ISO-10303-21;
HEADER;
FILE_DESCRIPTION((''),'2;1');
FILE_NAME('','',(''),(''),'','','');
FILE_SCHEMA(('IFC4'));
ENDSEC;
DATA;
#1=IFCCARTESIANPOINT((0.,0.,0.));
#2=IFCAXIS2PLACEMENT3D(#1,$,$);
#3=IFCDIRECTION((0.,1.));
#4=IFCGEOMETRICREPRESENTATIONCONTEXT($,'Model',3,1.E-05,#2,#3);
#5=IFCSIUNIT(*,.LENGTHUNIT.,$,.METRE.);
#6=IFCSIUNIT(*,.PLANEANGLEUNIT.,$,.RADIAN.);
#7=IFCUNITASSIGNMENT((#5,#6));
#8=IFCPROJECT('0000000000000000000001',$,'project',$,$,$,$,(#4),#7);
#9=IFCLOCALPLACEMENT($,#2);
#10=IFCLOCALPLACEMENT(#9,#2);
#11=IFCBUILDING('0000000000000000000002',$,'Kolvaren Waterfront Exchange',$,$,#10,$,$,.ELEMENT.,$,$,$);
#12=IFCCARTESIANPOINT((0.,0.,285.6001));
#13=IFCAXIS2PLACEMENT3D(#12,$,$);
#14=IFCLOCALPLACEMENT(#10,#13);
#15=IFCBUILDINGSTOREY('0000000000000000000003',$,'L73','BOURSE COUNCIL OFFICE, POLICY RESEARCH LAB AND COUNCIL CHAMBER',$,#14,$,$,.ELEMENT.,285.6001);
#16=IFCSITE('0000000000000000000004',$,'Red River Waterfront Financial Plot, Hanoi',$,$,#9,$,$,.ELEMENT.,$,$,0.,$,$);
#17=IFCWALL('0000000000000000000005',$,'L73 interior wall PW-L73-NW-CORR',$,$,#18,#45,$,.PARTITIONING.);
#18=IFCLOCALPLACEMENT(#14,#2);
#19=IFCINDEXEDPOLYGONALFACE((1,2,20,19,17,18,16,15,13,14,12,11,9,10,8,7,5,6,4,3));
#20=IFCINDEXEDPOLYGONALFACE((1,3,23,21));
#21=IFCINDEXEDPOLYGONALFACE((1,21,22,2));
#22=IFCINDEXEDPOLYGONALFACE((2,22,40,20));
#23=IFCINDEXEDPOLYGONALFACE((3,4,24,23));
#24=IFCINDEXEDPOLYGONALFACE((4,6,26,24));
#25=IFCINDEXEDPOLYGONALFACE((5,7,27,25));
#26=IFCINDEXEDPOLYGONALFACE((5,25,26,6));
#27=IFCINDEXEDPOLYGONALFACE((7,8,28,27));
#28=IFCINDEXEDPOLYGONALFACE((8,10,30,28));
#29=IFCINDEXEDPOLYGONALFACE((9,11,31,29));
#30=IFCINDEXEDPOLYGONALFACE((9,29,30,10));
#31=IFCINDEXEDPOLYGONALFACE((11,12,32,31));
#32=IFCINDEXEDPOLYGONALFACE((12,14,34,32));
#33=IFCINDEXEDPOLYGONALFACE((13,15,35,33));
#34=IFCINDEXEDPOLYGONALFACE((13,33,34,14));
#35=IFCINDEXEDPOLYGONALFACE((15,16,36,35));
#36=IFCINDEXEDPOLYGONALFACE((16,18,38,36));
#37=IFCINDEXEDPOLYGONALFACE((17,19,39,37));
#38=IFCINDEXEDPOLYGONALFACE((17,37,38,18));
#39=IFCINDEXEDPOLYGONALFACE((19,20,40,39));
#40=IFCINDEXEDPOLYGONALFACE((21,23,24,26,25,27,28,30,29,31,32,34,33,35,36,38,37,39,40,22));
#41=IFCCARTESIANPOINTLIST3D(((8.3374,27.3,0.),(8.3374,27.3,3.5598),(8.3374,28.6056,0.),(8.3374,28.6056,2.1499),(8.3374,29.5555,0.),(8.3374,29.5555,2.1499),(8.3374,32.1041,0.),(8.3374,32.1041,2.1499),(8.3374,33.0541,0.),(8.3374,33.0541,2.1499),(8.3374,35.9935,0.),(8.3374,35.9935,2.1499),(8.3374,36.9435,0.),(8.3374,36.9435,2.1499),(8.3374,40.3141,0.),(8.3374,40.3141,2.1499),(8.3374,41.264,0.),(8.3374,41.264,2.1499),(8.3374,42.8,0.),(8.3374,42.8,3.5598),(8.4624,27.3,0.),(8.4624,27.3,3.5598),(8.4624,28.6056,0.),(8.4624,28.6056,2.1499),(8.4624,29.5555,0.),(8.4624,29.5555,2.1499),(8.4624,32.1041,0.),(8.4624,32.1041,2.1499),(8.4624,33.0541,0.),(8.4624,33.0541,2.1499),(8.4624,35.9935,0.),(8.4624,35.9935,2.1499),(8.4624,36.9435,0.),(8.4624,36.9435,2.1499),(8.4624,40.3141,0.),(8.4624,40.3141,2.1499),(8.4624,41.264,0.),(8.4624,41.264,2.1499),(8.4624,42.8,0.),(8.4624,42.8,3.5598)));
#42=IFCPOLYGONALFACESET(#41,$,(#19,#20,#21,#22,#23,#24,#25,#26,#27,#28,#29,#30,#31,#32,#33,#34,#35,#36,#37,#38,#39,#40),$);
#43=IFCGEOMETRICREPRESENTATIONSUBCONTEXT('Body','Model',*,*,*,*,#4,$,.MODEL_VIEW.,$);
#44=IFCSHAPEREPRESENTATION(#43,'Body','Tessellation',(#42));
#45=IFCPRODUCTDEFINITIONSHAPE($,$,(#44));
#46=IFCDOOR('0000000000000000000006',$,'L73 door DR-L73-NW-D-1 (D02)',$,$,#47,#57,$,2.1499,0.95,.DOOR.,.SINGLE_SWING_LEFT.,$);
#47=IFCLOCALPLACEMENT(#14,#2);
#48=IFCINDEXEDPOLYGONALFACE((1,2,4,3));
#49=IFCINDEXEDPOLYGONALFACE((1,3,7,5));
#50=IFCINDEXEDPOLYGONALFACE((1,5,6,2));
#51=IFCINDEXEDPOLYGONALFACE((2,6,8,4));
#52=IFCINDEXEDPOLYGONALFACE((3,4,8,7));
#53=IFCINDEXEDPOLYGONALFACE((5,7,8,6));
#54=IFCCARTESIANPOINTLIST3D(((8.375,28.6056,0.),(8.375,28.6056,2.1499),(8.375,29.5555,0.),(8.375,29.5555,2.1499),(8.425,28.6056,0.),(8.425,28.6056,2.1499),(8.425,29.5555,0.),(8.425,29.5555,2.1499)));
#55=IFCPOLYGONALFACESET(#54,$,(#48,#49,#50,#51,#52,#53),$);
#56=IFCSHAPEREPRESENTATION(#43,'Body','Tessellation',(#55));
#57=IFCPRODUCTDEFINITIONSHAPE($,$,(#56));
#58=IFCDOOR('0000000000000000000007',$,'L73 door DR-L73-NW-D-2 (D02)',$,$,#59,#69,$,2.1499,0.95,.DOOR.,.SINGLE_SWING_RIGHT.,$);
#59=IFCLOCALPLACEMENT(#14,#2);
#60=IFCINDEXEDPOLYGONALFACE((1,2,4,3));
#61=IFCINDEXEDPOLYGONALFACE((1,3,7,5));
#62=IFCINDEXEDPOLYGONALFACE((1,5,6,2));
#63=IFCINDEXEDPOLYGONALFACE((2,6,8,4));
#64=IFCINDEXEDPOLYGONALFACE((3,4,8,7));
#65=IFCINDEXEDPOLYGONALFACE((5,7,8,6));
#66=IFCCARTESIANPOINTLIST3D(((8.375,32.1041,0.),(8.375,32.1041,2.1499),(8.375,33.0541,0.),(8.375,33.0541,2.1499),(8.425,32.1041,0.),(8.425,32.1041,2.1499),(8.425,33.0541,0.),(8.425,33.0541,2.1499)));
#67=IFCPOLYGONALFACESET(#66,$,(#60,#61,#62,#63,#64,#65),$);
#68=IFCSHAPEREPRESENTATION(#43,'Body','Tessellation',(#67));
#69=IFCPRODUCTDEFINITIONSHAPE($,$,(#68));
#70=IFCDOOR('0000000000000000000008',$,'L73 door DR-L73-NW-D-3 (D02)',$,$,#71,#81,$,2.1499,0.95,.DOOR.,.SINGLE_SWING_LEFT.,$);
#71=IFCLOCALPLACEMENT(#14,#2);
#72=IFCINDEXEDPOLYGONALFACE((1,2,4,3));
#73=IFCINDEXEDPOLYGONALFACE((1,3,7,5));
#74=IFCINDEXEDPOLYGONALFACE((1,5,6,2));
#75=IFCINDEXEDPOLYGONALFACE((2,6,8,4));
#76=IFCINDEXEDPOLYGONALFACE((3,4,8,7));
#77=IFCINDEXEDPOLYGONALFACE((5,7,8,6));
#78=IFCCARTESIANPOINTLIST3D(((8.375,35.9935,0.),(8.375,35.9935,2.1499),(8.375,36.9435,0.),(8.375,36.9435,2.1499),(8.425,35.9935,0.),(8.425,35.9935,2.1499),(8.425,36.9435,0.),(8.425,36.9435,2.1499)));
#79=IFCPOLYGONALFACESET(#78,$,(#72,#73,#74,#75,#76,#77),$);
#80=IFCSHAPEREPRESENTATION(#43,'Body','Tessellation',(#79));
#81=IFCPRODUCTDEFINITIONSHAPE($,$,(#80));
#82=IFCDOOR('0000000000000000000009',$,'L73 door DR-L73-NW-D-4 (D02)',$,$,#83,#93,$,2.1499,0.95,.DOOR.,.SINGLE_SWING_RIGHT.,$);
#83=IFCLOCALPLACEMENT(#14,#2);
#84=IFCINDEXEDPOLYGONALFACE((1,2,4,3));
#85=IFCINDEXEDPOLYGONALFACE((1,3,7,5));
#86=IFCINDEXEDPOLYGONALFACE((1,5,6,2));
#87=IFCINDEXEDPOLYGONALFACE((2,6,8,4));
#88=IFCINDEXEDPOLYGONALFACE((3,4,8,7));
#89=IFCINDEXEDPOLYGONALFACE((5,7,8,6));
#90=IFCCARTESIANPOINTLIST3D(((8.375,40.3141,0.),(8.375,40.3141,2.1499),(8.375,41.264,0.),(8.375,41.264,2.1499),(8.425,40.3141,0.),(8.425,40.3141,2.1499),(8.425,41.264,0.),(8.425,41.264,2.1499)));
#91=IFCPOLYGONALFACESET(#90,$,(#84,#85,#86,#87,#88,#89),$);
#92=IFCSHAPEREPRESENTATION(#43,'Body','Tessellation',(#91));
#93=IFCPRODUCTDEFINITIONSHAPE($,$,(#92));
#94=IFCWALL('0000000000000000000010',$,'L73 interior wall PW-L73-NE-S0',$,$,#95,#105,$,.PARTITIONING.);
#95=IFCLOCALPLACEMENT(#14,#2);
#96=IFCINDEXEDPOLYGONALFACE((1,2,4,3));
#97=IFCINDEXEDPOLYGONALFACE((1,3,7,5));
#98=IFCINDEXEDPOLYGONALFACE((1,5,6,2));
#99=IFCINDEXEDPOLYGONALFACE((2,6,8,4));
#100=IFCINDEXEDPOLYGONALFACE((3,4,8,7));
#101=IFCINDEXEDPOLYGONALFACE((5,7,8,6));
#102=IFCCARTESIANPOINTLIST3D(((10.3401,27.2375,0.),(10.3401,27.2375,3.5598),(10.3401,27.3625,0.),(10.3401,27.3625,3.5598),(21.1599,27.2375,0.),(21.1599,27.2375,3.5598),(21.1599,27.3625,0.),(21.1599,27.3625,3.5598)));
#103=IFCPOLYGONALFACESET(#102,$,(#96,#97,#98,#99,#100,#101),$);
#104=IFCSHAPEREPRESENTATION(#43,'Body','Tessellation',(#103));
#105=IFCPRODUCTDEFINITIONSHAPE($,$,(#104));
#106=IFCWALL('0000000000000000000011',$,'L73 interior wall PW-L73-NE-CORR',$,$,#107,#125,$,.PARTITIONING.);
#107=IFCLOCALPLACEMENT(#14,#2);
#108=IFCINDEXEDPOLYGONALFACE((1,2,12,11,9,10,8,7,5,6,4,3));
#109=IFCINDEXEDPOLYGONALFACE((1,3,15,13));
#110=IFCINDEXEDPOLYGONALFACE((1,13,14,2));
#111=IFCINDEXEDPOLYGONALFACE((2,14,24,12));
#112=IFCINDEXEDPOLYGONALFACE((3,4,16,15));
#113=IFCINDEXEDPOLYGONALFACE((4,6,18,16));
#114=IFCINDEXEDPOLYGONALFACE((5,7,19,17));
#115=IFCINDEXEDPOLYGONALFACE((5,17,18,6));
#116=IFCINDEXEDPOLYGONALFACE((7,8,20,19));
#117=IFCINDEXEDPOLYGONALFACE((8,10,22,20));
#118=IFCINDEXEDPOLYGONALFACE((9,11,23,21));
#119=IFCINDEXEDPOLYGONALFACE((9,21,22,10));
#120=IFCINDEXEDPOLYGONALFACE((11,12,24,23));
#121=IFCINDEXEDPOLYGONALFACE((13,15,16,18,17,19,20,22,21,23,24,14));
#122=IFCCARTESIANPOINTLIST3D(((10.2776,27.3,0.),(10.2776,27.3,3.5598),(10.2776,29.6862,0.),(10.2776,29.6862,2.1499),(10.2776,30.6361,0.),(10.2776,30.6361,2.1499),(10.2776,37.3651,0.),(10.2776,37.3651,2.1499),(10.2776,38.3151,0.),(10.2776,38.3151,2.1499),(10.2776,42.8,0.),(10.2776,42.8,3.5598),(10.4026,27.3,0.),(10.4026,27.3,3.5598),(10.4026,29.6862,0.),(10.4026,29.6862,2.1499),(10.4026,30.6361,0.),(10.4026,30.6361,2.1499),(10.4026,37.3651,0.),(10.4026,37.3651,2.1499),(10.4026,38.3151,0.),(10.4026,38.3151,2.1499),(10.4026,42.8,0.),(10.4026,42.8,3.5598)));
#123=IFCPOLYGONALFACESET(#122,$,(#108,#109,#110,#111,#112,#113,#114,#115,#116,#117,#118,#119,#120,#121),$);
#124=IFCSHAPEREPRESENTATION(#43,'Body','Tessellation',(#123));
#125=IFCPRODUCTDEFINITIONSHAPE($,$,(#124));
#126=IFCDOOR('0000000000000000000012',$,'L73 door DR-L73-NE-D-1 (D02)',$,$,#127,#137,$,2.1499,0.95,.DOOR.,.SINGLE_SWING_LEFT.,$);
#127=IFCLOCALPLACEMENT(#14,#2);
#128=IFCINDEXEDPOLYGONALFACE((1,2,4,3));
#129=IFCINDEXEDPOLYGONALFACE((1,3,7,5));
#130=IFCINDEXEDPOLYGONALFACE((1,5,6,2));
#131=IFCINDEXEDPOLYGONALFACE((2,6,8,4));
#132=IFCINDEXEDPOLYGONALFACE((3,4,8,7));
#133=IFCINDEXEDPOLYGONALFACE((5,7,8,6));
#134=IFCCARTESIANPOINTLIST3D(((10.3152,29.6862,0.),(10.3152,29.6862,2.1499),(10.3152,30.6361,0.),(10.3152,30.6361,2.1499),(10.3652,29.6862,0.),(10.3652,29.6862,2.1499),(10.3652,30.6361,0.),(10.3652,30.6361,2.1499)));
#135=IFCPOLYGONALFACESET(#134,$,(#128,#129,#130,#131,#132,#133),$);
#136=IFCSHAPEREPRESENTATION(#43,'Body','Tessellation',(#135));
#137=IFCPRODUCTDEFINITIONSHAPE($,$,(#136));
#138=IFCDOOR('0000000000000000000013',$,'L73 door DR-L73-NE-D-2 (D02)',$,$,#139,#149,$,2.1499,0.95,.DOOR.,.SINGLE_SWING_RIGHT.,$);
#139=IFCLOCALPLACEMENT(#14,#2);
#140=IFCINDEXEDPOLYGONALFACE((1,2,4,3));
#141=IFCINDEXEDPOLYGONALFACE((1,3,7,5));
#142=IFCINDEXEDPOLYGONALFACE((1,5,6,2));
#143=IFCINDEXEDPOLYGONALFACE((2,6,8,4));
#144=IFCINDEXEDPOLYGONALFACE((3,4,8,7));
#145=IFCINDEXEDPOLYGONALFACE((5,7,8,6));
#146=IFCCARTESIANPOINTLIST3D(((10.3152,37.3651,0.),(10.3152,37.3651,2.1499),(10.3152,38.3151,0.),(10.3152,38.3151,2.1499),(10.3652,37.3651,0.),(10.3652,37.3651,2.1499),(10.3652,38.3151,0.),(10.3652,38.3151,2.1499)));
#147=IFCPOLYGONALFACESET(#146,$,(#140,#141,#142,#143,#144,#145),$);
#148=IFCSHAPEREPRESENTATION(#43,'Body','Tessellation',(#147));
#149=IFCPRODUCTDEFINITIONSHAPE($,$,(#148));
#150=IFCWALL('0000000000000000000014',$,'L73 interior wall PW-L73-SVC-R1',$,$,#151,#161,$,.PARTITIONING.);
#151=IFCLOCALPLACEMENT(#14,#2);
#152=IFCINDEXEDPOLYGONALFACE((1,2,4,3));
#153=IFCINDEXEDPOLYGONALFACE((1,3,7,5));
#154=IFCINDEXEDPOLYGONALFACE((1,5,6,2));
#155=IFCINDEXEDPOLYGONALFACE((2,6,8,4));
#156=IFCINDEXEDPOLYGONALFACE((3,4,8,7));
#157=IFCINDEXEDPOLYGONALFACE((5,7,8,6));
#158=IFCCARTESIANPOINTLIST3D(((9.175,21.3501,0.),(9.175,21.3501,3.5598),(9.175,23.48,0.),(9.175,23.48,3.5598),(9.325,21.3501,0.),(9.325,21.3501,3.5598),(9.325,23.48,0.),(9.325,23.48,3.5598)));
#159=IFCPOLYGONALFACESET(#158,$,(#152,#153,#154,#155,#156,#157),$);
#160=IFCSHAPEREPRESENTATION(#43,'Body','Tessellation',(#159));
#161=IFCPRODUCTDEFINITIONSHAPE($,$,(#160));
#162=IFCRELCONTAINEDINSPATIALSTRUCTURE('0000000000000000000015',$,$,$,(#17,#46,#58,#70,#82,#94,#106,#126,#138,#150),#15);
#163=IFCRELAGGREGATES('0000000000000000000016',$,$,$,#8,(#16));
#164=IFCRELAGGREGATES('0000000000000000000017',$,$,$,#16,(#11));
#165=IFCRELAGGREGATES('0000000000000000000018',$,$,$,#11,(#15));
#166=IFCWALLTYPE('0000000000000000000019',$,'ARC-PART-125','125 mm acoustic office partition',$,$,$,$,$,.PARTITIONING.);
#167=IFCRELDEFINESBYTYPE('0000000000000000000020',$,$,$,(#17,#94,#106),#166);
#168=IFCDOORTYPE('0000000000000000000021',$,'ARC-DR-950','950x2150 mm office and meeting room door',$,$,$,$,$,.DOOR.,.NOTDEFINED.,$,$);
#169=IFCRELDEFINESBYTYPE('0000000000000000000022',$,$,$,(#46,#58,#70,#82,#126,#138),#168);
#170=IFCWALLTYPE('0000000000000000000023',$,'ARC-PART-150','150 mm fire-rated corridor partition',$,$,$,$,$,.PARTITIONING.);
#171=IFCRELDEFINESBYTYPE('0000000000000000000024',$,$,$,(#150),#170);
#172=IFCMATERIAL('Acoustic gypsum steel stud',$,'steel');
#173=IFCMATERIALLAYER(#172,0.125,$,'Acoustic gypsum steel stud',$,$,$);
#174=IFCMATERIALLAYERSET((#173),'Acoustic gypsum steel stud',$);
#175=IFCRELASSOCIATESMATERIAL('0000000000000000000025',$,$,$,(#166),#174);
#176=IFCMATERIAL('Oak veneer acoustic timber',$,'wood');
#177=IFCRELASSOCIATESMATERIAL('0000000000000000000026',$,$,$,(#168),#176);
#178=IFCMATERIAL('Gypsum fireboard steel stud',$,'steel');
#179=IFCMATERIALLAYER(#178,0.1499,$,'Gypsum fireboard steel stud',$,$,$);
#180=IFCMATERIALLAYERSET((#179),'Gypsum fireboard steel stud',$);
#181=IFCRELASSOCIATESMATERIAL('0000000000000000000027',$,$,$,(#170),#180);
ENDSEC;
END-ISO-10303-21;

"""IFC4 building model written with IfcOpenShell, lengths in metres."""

from ifc_helpers import new_model, si_unit, direction, frame, frame_2d, origin, place, context, subcontext, project, spatial, rectangle, extrude, material, layer, layer_set, type_object, element, fill, save


model = new_model("IFC4")

# Units and contexts
model_context = context("Model", 3, precision=1e-05, world=origin(), true_north=direction((0.0, 1.0)))
body_context = subcontext(model_context, "Body", "Model", "MODEL_VIEW")
ifc_project = project(units=[si_unit("LENGTHUNIT", "METRE"), si_unit("PLANEANGLEUNIT", "RADIAN")], contexts=[model_context])

# Site, building, storey
site_placement = place(None, origin())
site = spatial("IfcSite", under=ifc_project, at=site_placement, Name="Red River Waterfront Financial Plot, Hanoi", CompositionType="ELEMENT", RefElevation=0.0)
building_placement = place(site_placement, origin())
building = spatial("IfcBuilding", under=site, at=building_placement, Name="Kolvaren Waterfront Exchange", CompositionType="ELEMENT")
storey_placement = place(building_placement, frame((0.0, 0.0, 285.6001)))
storey = spatial("IfcBuildingStorey", under=building, at=storey_placement, Name="L73", Description="BOURSE COUNCIL OFFICE, POLICY RESEARCH LAB AND COUNCIL CHAMBER", CompositionType="ELEMENT", Elevation=285.6001)

# Shared definitions
ifc_material_1 = material(Name="Acoustic gypsum steel stud", Category="steel")
ifc_layer_1 = layer(ifc_material_1, 0.125, Name="Acoustic gypsum steel stud")
ifc_layer_set_1 = layer_set([ifc_layer_1], Name="Acoustic gypsum steel stud")
wall_type_1 = type_object("IfcWallType", Name="ARC-PART-125", Description="125 mm acoustic office partition", PredefinedType="PARTITIONING", material=ifc_layer_set_1)

# Wall, openings, doors
wall_1_placement = place(storey_placement, frame((8.3999, 27.3, 0.0), z_axis=(0.0, 0.0, 1.0), x_axis=(0.0, 1.0, 0.0)))
wall_1 = element("IfcWall", 1, at=wall_1_placement, inside=storey, type_object=wall_type_1, Name="L73 interior wall PW-L73-NW-CORR", PredefinedType="PARTITIONING", context=body_context, shape_type="SweptSolid", body=[
    extrude(rectangle(XDim=15.5, YDim=0.125, at=frame_2d((7.75, 0.0))), origin(), (0.0, 0.0, 1.0), 3.5598),
])
opening_1_placement = place(wall_1_placement, frame((1.3054, 0.0, 0.0)))
opening_1 = element("IfcOpeningElement", 2, at=opening_1_placement, cuts=wall_1, PredefinedType="OPENING", context=body_context, shape_type="SweptSolid", body=[
    extrude(rectangle(XDim=0.95, YDim=2.1499, at=frame_2d((0.4751, 1.075))), frame((0.0, 0.0725, 0.0), z_axis=(0.0, -1.0, 0.0), x_axis=(1.0, 0.0, 0.0)), (0.0, 0.0, 1.0), 0.145),
])
opening_2_placement = place(wall_1_placement, frame((4.804, 0.0, 0.0)))
opening_2 = element("IfcOpeningElement", 3, at=opening_2_placement, cuts=wall_1, PredefinedType="OPENING", context=body_context, shape_type="SweptSolid", body=[
    extrude(rectangle(XDim=0.95, YDim=2.1499, at=frame_2d((0.4751, 1.075))), frame((0.0, 0.0725, 0.0), z_axis=(0.0, -1.0, 0.0), x_axis=(1.0, 0.0, 0.0)), (0.0, 0.0, 1.0), 0.145),
])
opening_3_placement = place(wall_1_placement, frame((8.6934, 0.0, 0.0)))
opening_3 = element("IfcOpeningElement", 4, at=opening_3_placement, cuts=wall_1, PredefinedType="OPENING", context=body_context, shape_type="SweptSolid", body=[
    extrude(rectangle(XDim=0.95, YDim=2.1499, at=frame_2d((0.4751, 1.075))), frame((0.0, 0.0725, 0.0), z_axis=(0.0, -1.0, 0.0), x_axis=(1.0, 0.0, 0.0)), (0.0, 0.0, 1.0), 0.145),
])
opening_4_placement = place(wall_1_placement, frame((13.0139, 0.0, 0.0)))
opening_4 = element("IfcOpeningElement", 5, at=opening_4_placement, cuts=wall_1, PredefinedType="OPENING", context=body_context, shape_type="SweptSolid", body=[
    extrude(rectangle(XDim=0.95, YDim=2.1499, at=frame_2d((0.4751, 1.075))), frame((0.0, 0.0725, 0.0), z_axis=(0.0, -1.0, 0.0), x_axis=(1.0, 0.0, 0.0)), (0.0, 0.0, 1.0), 0.145),
])
ifc_material_2 = material(Name="Oak veneer acoustic timber", Category="wood")
door_type_1 = type_object("IfcDoorType", Name="ARC-DR-950", Description="950x2150 mm office and meeting room door", OperationType="NOTDEFINED", PredefinedType="DOOR", material=ifc_material_2)
door_1_placement = place(opening_1_placement, origin())
door_1 = element("IfcDoor", 6, at=door_1_placement, inside=storey, type_object=door_type_1, Name="L73 door DR-L73-NW-D-1 (D02)", OperationType="SINGLE_SWING_LEFT", OverallHeight=2.1499, OverallWidth=0.95, PredefinedType="DOOR", context=body_context, shape_type="SweptSolid", body=[
    extrude(rectangle(XDim=0.95, YDim=2.1499, at=frame_2d((0.4751, 1.075))), frame((0.0, 0.0249, 0.0), z_axis=(0.0, -1.0, 0.0), x_axis=(1.0, 0.0, 0.0)), (0.0, 0.0, 1.0), 0.05),
])
fill(opening_1, door_1)
door_2_placement = place(opening_2_placement, origin())
door_2 = element("IfcDoor", 7, at=door_2_placement, inside=storey, type_object=door_type_1, Name="L73 door DR-L73-NW-D-2 (D02)", OperationType="SINGLE_SWING_RIGHT", OverallHeight=2.1499, OverallWidth=0.95, PredefinedType="DOOR", context=body_context, shape_type="SweptSolid", body=[
    extrude(rectangle(XDim=0.95, YDim=2.1499, at=frame_2d((0.4751, 1.075))), frame((0.0, 0.0249, 0.0), z_axis=(0.0, -1.0, 0.0), x_axis=(1.0, 0.0, 0.0)), (0.0, 0.0, 1.0), 0.05),
])
fill(opening_2, door_2)
door_3_placement = place(opening_3_placement, origin())
door_3 = element("IfcDoor", 8, at=door_3_placement, inside=storey, type_object=door_type_1, Name="L73 door DR-L73-NW-D-3 (D02)", OperationType="SINGLE_SWING_LEFT", OverallHeight=2.1499, OverallWidth=0.95, PredefinedType="DOOR", context=body_context, shape_type="SweptSolid", body=[
    extrude(rectangle(XDim=0.95, YDim=2.1499, at=frame_2d((0.4751, 1.075))), frame((0.0, 0.0249, 0.0), z_axis=(0.0, -1.0, 0.0), x_axis=(1.0, 0.0, 0.0)), (0.0, 0.0, 1.0), 0.05),
])
fill(opening_3, door_3)
door_4_placement = place(opening_4_placement, origin())
door_4 = element("IfcDoor", 9, at=door_4_placement, inside=storey, type_object=door_type_1, Name="L73 door DR-L73-NW-D-4 (D02)", OperationType="SINGLE_SWING_RIGHT", OverallHeight=2.1499, OverallWidth=0.95, PredefinedType="DOOR", context=body_context, shape_type="SweptSolid", body=[
    extrude(rectangle(XDim=0.95, YDim=2.1499, at=frame_2d((0.4751, 1.075))), frame((0.0, 0.0249, 0.0), z_axis=(0.0, -1.0, 0.0), x_axis=(1.0, 0.0, 0.0)), (0.0, 0.0, 1.0), 0.05),
])
fill(opening_4, door_4)

# Wall
wall_2_placement = place(storey_placement, frame((10.3401, 27.3, 0.0), z_axis=(0.0, 0.0, 1.0), x_axis=(1.0, 0.0, 0.0)))
element("IfcWall", 10, at=wall_2_placement, inside=storey, type_object=wall_type_1, Name="L73 interior wall PW-L73-NE-S0", PredefinedType="PARTITIONING", context=body_context, shape_type="SweptSolid", body=[
    extrude(rectangle(XDim=10.8198, YDim=0.125, at=frame_2d((5.4099, 0.0))), origin(), (0.0, 0.0, 1.0), 3.5598),
])

# Wall, openings, doors
wall_3_placement = place(storey_placement, frame((10.3401, 27.3, 0.0), z_axis=(0.0, 0.0, 1.0), x_axis=(0.0, 1.0, 0.0)))
wall_3 = element("IfcWall", 11, at=wall_3_placement, inside=storey, type_object=wall_type_1, Name="L73 interior wall PW-L73-NE-CORR", PredefinedType="PARTITIONING", context=body_context, shape_type="SweptSolid", body=[
    extrude(rectangle(XDim=15.5, YDim=0.125, at=frame_2d((7.75, 0.0))), origin(), (0.0, 0.0, 1.0), 3.5598),
])
opening_5_placement = place(wall_3_placement, frame((2.386, 0.0, 0.0)))
opening_5 = element("IfcOpeningElement", 12, at=opening_5_placement, cuts=wall_3, PredefinedType="OPENING", context=body_context, shape_type="SweptSolid", body=[
    extrude(rectangle(XDim=0.95, YDim=2.1499, at=frame_2d((0.4751, 1.075))), frame((0.0, 0.0725, 0.0), z_axis=(0.0, -1.0, 0.0), x_axis=(1.0, 0.0, 0.0)), (0.0, 0.0, 1.0), 0.145),
])
opening_6_placement = place(wall_3_placement, frame((10.0649, 0.0, 0.0)))
opening_6 = element("IfcOpeningElement", 13, at=opening_6_placement, cuts=wall_3, PredefinedType="OPENING", context=body_context, shape_type="SweptSolid", body=[
    extrude(rectangle(XDim=0.95, YDim=2.1499, at=frame_2d((0.4751, 1.075))), frame((0.0, 0.0725, 0.0), z_axis=(0.0, -1.0, 0.0), x_axis=(1.0, 0.0, 0.0)), (0.0, 0.0, 1.0), 0.145),
])
door_5_placement = place(opening_5_placement, origin())
door_5 = element("IfcDoor", 14, at=door_5_placement, inside=storey, type_object=door_type_1, Name="L73 door DR-L73-NE-D-1 (D02)", OperationType="SINGLE_SWING_LEFT", OverallHeight=2.1499, OverallWidth=0.95, PredefinedType="DOOR", context=body_context, shape_type="SweptSolid", body=[
    extrude(rectangle(XDim=0.95, YDim=2.1499, at=frame_2d((0.4751, 1.075))), frame((0.0, 0.0249, 0.0), z_axis=(0.0, -1.0, 0.0), x_axis=(1.0, 0.0, 0.0)), (0.0, 0.0, 1.0), 0.05),
])
fill(opening_5, door_5)
door_6_placement = place(opening_6_placement, origin())
door_6 = element("IfcDoor", 15, at=door_6_placement, inside=storey, type_object=door_type_1, Name="L73 door DR-L73-NE-D-2 (D02)", OperationType="SINGLE_SWING_RIGHT", OverallHeight=2.1499, OverallWidth=0.95, PredefinedType="DOOR", context=body_context, shape_type="SweptSolid", body=[
    extrude(rectangle(XDim=0.95, YDim=2.1499, at=frame_2d((0.4751, 1.075))), frame((0.0, 0.0249, 0.0), z_axis=(0.0, -1.0, 0.0), x_axis=(1.0, 0.0, 0.0)), (0.0, 0.0, 1.0), 0.05),
])
fill(opening_6, door_6)

# Wall
ifc_material_3 = material(Name="Gypsum fireboard steel stud", Category="steel")
ifc_layer_2 = layer(ifc_material_3, 0.1499, Name="Gypsum fireboard steel stud")
ifc_layer_set_2 = layer_set([ifc_layer_2], Name="Gypsum fireboard steel stud")
wall_type_2 = type_object("IfcWallType", Name="ARC-PART-150", Description="150 mm fire-rated corridor partition", PredefinedType="PARTITIONING", material=ifc_layer_set_2)
for number, where, z_axis, x_axis, name in (
    (16, (9.25, 21.3501, 0.0), (0.0, 0.0, 1.0), (0.0, 1.0, 0.0), "L73 interior wall PW-L73-SVC-R1"),
):
    element("IfcWall", number, at=place(storey_placement, frame(where, z_axis=z_axis, x_axis=x_axis)), inside=storey, type_object=wall_type_2, Name=name, PredefinedType="PARTITIONING", context=body_context, shape_type="SweptSolid", body=[
        extrude(rectangle(XDim=2.1299, YDim=0.1499, at=frame_2d((1.0649, 0.0))), origin(), (0.0, 0.0, 1.0), 3.5598),
    ])

save(model, "model.ifc")
